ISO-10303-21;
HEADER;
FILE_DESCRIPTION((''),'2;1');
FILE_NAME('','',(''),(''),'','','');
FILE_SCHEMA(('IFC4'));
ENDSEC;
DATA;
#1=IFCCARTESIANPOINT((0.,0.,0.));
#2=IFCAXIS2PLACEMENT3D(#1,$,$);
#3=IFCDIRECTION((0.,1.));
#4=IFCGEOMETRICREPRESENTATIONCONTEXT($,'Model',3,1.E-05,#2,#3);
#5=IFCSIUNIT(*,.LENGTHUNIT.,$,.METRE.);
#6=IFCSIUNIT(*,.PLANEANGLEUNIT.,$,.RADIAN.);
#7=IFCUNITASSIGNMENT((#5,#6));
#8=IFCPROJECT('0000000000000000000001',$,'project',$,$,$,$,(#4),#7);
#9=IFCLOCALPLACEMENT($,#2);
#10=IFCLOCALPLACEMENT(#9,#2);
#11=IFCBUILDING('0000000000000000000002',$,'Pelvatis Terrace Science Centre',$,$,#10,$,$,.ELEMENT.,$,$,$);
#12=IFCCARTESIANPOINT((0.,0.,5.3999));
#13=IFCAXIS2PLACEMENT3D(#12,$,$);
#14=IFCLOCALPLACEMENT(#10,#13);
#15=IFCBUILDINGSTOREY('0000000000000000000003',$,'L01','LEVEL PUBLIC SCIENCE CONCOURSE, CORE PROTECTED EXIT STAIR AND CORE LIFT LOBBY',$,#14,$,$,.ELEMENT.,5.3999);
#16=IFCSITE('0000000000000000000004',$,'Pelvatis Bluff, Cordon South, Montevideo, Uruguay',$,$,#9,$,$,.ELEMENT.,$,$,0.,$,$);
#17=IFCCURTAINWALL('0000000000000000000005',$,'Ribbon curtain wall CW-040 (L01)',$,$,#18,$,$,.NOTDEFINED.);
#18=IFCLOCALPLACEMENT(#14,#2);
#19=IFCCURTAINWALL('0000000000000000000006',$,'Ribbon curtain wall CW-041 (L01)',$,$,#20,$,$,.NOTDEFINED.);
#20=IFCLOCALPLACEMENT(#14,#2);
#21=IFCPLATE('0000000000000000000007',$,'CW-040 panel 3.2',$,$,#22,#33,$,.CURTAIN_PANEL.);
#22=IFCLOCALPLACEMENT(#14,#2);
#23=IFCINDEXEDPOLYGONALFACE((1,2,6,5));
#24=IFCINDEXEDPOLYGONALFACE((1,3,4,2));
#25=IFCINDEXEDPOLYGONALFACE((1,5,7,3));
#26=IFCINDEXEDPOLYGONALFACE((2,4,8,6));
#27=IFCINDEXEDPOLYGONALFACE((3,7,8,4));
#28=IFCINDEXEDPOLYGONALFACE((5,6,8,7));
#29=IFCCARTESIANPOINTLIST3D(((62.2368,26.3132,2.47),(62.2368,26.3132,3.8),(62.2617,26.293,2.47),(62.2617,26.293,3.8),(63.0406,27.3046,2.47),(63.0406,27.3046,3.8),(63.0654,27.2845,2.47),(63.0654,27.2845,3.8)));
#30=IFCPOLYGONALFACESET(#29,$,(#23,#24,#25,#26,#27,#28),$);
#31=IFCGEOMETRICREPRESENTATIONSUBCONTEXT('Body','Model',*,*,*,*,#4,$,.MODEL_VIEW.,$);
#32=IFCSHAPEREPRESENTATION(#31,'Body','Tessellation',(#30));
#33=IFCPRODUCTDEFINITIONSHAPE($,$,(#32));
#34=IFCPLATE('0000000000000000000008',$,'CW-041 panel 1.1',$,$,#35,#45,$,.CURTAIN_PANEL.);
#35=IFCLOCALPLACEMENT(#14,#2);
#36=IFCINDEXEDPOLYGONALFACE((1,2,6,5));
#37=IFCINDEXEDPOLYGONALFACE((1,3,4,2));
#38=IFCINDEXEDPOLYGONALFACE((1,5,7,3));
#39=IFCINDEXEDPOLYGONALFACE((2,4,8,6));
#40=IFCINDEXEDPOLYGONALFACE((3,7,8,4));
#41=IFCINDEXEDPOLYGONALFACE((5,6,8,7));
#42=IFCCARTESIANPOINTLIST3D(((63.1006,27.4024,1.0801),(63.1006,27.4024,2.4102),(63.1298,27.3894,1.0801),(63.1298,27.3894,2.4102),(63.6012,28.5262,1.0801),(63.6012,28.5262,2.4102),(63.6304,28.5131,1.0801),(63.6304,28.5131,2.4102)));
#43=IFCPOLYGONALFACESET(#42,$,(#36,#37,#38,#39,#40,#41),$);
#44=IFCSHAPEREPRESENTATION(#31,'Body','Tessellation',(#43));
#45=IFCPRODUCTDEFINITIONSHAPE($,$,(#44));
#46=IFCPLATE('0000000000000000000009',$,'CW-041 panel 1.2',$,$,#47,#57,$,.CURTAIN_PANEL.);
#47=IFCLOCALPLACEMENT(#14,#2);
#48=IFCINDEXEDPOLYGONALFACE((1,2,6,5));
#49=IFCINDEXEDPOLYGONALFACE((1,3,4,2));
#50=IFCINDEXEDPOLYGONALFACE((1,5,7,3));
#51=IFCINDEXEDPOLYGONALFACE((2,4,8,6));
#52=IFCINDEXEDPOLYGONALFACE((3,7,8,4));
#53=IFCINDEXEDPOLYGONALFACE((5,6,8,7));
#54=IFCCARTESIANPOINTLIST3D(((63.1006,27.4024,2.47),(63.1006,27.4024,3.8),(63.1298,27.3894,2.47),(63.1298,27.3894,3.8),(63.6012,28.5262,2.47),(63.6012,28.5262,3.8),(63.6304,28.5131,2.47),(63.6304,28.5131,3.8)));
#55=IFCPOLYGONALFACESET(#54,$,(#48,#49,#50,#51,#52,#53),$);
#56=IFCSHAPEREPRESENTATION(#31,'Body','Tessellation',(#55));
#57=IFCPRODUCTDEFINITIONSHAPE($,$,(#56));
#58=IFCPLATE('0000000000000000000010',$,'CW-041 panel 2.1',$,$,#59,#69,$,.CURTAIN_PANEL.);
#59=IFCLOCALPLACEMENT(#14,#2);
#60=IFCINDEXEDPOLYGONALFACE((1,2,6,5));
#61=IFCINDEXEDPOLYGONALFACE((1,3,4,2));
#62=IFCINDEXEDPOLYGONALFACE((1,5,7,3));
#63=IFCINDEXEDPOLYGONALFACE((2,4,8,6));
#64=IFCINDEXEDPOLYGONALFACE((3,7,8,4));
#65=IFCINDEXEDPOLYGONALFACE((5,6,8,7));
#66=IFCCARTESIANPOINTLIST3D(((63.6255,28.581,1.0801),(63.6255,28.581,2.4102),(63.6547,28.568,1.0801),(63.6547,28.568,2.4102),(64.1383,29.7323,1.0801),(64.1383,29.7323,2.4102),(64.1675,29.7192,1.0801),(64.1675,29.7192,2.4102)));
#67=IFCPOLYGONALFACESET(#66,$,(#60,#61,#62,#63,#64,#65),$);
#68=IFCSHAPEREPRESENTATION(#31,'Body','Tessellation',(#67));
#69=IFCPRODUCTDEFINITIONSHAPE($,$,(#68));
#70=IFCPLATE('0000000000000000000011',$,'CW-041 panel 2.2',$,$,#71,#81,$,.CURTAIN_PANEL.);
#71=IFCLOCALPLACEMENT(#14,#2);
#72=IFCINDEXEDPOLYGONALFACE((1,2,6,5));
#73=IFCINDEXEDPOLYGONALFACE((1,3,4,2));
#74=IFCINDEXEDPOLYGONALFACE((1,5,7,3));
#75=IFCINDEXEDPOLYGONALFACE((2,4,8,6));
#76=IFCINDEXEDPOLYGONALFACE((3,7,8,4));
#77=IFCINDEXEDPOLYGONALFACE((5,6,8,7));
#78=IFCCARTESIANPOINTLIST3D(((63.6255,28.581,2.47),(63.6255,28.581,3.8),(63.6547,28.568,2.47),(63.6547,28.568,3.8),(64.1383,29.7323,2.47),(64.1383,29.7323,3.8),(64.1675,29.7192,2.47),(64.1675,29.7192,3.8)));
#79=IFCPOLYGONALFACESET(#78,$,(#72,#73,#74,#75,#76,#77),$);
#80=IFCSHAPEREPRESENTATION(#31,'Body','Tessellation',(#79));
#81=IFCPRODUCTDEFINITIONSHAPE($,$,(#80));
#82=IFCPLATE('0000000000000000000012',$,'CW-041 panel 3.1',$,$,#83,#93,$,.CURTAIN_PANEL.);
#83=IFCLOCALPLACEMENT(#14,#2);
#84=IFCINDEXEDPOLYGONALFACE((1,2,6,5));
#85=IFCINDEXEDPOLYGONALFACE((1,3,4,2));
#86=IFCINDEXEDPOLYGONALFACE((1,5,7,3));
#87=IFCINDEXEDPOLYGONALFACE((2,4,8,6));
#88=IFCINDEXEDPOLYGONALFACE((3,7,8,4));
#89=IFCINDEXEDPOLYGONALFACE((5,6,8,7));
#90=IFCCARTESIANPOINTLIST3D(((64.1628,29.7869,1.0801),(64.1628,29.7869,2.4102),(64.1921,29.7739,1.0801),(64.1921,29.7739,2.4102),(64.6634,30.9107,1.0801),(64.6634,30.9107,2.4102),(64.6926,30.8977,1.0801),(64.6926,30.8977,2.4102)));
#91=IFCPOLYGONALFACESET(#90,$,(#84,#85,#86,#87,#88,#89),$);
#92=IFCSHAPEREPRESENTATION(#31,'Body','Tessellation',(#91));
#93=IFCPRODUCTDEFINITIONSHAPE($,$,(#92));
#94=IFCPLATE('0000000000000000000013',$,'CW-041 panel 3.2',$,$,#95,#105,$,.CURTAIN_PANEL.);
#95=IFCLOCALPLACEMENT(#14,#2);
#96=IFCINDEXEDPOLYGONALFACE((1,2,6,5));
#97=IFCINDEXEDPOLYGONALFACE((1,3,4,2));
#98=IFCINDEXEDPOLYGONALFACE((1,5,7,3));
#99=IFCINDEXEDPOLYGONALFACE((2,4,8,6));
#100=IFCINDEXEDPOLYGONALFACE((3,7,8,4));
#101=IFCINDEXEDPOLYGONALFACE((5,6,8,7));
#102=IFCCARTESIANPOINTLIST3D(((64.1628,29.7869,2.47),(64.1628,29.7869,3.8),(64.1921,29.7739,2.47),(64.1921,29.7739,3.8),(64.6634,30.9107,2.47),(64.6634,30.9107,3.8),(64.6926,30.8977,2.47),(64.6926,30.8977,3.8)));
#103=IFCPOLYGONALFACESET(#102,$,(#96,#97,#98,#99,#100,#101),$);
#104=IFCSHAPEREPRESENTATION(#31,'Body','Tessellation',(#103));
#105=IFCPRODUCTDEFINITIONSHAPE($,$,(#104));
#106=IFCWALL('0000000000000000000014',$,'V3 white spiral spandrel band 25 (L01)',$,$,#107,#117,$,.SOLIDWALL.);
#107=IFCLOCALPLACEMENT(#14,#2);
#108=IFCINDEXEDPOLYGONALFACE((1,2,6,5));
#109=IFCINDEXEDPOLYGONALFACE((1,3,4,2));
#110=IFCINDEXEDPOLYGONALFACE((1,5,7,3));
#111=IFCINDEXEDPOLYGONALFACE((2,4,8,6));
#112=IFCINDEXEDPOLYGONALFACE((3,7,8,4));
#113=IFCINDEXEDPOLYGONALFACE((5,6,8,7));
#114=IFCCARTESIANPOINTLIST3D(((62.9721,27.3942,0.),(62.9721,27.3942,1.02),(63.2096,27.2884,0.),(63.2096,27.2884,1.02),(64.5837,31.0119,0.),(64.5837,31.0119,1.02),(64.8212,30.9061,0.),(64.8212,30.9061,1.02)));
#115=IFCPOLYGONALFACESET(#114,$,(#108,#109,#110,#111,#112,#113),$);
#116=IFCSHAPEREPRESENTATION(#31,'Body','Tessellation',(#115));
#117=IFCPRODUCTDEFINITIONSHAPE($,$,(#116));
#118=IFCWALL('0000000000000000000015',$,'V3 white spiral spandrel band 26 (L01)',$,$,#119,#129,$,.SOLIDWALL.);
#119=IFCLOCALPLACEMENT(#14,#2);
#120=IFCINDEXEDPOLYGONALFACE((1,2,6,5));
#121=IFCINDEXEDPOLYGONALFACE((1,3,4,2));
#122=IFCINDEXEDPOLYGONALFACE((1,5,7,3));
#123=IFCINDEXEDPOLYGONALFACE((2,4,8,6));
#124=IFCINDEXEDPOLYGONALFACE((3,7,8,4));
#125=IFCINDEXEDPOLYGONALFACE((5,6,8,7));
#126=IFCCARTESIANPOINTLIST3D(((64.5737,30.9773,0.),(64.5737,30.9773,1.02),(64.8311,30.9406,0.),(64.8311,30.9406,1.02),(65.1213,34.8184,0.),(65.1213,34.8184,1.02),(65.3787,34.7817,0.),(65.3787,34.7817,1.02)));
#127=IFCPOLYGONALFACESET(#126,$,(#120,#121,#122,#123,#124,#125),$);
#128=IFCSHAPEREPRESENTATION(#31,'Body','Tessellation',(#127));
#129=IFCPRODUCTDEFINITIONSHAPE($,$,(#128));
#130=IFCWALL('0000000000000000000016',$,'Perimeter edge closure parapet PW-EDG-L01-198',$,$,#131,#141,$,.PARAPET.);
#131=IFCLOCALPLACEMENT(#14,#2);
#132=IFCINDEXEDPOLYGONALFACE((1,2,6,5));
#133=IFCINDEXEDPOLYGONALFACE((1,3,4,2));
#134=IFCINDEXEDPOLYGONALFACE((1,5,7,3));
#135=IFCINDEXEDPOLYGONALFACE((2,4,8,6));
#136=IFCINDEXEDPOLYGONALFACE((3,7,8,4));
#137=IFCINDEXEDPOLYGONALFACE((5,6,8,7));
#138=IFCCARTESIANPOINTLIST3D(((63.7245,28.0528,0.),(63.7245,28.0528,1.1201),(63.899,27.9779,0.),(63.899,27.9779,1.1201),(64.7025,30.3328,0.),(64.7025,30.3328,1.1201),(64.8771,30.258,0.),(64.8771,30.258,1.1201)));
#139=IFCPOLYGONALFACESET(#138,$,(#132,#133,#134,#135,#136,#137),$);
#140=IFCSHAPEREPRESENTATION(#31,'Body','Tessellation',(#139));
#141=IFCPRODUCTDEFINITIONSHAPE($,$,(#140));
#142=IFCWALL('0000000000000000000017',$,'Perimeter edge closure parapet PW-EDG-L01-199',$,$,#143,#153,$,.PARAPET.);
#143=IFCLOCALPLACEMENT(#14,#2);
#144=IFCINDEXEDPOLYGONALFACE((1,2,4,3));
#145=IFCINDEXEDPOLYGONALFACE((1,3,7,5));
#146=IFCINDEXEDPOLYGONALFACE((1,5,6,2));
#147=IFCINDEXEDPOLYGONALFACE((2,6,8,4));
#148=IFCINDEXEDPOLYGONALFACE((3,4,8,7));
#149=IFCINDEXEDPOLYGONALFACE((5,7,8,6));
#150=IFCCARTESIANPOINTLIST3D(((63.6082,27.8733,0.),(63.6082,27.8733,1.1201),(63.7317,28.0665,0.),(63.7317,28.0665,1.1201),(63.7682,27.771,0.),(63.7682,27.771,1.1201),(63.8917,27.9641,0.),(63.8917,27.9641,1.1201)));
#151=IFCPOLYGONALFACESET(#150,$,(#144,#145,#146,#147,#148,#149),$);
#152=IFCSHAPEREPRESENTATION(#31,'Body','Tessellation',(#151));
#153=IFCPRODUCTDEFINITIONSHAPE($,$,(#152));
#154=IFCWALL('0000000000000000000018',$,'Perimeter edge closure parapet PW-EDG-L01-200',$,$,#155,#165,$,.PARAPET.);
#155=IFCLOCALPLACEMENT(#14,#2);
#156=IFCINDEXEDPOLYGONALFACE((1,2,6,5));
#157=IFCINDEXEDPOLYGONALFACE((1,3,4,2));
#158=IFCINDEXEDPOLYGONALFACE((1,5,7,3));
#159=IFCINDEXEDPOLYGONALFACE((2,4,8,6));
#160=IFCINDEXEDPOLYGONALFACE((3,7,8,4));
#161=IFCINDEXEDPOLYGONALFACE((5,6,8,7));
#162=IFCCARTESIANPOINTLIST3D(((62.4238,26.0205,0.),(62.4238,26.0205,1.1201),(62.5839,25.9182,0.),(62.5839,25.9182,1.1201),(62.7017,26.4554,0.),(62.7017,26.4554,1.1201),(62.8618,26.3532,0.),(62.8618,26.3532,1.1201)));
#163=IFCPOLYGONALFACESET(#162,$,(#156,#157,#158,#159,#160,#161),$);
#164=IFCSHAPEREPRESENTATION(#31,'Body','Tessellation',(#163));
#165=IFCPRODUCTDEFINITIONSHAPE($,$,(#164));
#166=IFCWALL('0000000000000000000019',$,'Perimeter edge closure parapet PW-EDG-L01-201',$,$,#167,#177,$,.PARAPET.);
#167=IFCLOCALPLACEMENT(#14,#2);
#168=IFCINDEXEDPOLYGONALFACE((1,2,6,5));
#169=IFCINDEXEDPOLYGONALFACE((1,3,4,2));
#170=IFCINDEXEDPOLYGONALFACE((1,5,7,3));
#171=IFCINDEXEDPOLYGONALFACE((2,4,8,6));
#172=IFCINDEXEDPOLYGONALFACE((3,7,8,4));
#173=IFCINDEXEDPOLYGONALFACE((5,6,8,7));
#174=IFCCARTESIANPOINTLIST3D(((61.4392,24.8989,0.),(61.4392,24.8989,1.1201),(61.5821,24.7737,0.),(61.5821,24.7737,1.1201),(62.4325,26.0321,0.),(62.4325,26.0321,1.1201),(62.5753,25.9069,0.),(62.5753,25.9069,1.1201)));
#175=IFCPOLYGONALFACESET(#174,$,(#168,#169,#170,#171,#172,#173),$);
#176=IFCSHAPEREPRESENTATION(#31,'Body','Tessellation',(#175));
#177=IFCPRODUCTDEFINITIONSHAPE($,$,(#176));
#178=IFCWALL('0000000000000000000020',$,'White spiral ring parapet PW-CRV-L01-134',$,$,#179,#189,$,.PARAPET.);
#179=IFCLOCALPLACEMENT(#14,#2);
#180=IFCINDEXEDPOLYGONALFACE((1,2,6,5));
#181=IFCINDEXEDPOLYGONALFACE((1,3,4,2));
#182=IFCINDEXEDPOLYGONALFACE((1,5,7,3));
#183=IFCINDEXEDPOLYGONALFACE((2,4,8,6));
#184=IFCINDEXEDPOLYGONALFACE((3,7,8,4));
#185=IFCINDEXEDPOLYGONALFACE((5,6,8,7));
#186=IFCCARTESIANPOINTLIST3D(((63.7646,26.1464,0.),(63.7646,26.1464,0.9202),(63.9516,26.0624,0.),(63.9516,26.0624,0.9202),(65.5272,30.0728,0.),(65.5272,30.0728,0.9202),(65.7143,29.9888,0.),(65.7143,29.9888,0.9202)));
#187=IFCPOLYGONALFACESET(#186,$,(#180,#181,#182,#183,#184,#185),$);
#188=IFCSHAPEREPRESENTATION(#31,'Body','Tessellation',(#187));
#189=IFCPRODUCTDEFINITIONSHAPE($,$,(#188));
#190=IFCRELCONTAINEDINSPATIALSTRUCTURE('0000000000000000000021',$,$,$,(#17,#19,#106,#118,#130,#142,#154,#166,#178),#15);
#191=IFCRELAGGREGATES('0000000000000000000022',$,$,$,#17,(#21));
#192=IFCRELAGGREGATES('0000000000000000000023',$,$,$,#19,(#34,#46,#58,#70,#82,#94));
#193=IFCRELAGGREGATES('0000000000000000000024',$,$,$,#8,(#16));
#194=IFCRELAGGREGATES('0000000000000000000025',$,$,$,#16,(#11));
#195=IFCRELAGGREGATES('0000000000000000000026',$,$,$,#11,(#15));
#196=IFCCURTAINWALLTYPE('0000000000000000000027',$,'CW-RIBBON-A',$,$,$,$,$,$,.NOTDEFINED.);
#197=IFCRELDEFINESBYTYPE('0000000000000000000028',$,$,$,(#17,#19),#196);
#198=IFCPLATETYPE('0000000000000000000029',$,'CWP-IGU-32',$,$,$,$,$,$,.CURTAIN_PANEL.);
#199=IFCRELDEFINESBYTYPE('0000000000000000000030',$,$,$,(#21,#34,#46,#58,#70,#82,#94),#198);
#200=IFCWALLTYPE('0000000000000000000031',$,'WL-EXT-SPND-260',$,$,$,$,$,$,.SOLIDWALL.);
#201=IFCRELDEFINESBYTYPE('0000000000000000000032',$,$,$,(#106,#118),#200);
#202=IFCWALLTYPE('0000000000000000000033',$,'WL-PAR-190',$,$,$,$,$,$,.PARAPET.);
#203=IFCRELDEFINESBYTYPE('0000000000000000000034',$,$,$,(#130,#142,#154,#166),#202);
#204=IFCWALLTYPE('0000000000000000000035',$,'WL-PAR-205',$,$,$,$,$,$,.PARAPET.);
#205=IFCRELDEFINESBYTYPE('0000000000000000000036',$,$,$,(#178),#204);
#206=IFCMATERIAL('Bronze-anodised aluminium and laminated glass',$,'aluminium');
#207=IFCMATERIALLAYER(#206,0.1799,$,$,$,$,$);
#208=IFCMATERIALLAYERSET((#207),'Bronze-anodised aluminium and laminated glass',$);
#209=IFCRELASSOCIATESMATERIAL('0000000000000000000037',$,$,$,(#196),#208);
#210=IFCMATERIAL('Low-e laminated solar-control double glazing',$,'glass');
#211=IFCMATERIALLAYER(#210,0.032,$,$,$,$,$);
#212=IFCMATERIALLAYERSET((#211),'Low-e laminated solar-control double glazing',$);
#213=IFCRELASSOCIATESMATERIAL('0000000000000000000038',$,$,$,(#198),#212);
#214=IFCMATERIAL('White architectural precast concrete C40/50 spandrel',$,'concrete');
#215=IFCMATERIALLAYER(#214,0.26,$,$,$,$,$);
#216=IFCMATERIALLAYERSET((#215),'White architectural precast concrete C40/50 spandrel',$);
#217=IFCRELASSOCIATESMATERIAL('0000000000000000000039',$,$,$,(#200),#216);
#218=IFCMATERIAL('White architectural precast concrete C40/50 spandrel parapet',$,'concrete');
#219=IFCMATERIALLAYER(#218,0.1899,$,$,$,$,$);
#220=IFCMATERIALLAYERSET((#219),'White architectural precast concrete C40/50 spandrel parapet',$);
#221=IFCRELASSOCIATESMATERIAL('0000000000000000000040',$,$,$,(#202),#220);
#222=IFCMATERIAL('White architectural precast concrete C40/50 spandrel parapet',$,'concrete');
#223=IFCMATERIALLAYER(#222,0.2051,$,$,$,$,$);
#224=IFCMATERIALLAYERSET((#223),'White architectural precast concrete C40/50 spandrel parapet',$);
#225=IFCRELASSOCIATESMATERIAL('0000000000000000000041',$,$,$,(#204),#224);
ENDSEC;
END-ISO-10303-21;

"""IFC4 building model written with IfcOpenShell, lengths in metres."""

from ifc_helpers import new_model, si_unit, direction, frame, frame_2d, origin, origin_2d, place, context, subcontext, project, spatial, rectangle, extrude, material, layer, layer_set, type_object, element, aggregate, save


model = new_model("IFC4")

# Units and contexts
model_context = context("Model", 3, precision=1e-05, world=origin(), true_north=direction((0.0, 1.0)))
body_context = subcontext(model_context, "Body", "Model", "MODEL_VIEW")
ifc_project = project(units=[si_unit("LENGTHUNIT", "METRE"), si_unit("PLANEANGLEUNIT", "RADIAN")], contexts=[model_context])

# Site, building, storey
site_placement = place(None, origin())
site = spatial("IfcSite", under=ifc_project, at=site_placement, Name="Pelvatis Bluff, Cordon South, Montevideo, Uruguay", CompositionType="ELEMENT", RefElevation=0.0)
building_placement = place(site_placement, origin())
building = spatial("IfcBuilding", under=site, at=building_placement, Name="Pelvatis Terrace Science Centre", CompositionType="ELEMENT")
storey_placement = place(building_placement, frame((0.0, 0.0, 5.3999)))
storey = spatial("IfcBuildingStorey", under=building, at=storey_placement, Name="L01", Description="LEVEL PUBLIC SCIENCE CONCOURSE, CORE PROTECTED EXIT STAIR AND CORE LIFT LOBBY", CompositionType="ELEMENT", Elevation=5.3999)

# Curtain wall
ifc_material_1 = material(Name="Bronze-anodised aluminium and laminated glass", Category="aluminium")
ifc_layer_1 = layer(ifc_material_1, 0.1799)
ifc_layer_set_1 = layer_set([ifc_layer_1], Name="Bronze-anodised aluminium and laminated glass")
curtain_wall_type = type_object("IfcCurtainWallType", Name="CW-RIBBON-A", PredefinedType="NOTDEFINED", material=ifc_layer_set_1)
curtain_wall_1_placement = place(storey_placement, origin())
curtain_wall_1 = element("IfcCurtainWall", 1, at=curtain_wall_1_placement, inside=storey, type_object=curtain_wall_type, Name="Ribbon curtain wall CW-040 (L01)", PredefinedType="NOTDEFINED")

# Curtain wall
curtain_wall_2_placement = place(storey_placement, origin())
curtain_wall_2 = element("IfcCurtainWall", 2, at=curtain_wall_2_placement, inside=storey, type_object=curtain_wall_type, Name="Ribbon curtain wall CW-041 (L01)", PredefinedType="NOTDEFINED")

# Plates
ifc_material_2 = material(Name="Low-e laminated solar-control double glazing", Category="glass")
ifc_layer_2 = layer(ifc_material_2, 0.032)
ifc_layer_set_2 = layer_set([ifc_layer_2], Name="Low-e laminated solar-control double glazing")
plate_type = type_object("IfcPlateType", Name="CWP-IGU-32", PredefinedType="CURTAIN_PANEL", material=ifc_layer_set_2)
plate_1_placement = place(storey_placement, frame((62.6511, 26.7988, 2.47), z_axis=(0.0, 0.0, 1.0), x_axis=(0.629734, 0.776811, 0.0)))
plate_1 = element("IfcPlate", 3, at=plate_1_placement, type_object=plate_type, Name="CW-040 panel 3.2", PredefinedType="CURTAIN_PANEL", context=body_context, shape_type="SweptSolid", body=[
    extrude(rectangle(XDim=1.2764, YDim=0.032, at=origin_2d()), origin(), (0.0, 0.0, 1.0), 1.3301),
])
aggregate(curtain_wall_1, [plate_1])
plate_2_placement = place(storey_placement, frame((63.3655, 27.9578, 1.0801), z_axis=(0.0, 0.0, 1.0), x_axis=(0.406895, 0.913475, 0.0)))
plate_2 = element("IfcPlate", 4, at=plate_2_placement, type_object=plate_type, Name="CW-041 panel 1.1", PredefinedType="CURTAIN_PANEL", context=body_context, shape_type="SweptSolid", body=[
    extrude(rectangle(XDim=1.2302, YDim=0.032, at=origin_2d()), origin(), (0.0, 0.0, 1.0), 1.3301),
])
plate_3_placement = place(storey_placement, frame((63.3655, 27.9578, 2.47), z_axis=(0.0, 0.0, 1.0), x_axis=(0.406895, 0.913475, 0.0)))
plate_3 = element("IfcPlate", 5, at=plate_3_placement, type_object=plate_type, Name="CW-041 panel 1.2", PredefinedType="CURTAIN_PANEL", context=body_context, shape_type="SweptSolid", body=[
    extrude(rectangle(XDim=1.2302, YDim=0.032, at=origin_2d()), origin(), (0.0, 0.0, 1.0), 1.3301),
])
plate_4_placement = place(storey_placement, frame((63.8965, 29.1501, 1.0801), z_axis=(0.0, 0.0, 1.0), x_axis=(0.406895, 0.913475, 0.0)))
plate_4 = element("IfcPlate", 6, at=plate_4_placement, type_object=plate_type, Name="CW-041 panel 2.1", PredefinedType="CURTAIN_PANEL", context=body_context, shape_type="SweptSolid", body=[
    extrude(rectangle(XDim=1.2603, YDim=0.032, at=origin_2d()), origin(), (0.0, 0.0, 1.0), 1.3301),
])
plate_5_placement = place(storey_placement, frame((63.8965, 29.1501, 2.47), z_axis=(0.0, 0.0, 1.0), x_axis=(0.406895, 0.913475, 0.0)))
plate_5 = element("IfcPlate", 7, at=plate_5_placement, type_object=plate_type, Name="CW-041 panel 2.2", PredefinedType="CURTAIN_PANEL", context=body_context, shape_type="SweptSolid", body=[
    extrude(rectangle(XDim=1.2603, YDim=0.032, at=origin_2d()), origin(), (0.0, 0.0, 1.0), 1.3301),
])
plate_6_placement = place(storey_placement, frame((64.4277, 30.3423, 1.0801), z_axis=(0.0, 0.0, 1.0), x_axis=(0.406895, 0.913475, 0.0)))
plate_6 = element("IfcPlate", 8, at=plate_6_placement, type_object=plate_type, Name="CW-041 panel 3.1", PredefinedType="CURTAIN_PANEL", context=body_context, shape_type="SweptSolid", body=[
    extrude(rectangle(XDim=1.2302, YDim=0.032, at=origin_2d()), origin(), (0.0, 0.0, 1.0), 1.3301),
])
plate_7_placement = place(storey_placement, frame((64.4277, 30.3423, 2.47), z_axis=(0.0, 0.0, 1.0), x_axis=(0.406895, 0.913475, 0.0)))
plate_7 = element("IfcPlate", 9, at=plate_7_placement, type_object=plate_type, Name="CW-041 panel 3.2", PredefinedType="CURTAIN_PANEL", context=body_context, shape_type="SweptSolid", body=[
    extrude(rectangle(XDim=1.2302, YDim=0.032, at=origin_2d()), origin(), (0.0, 0.0, 1.0), 1.3301),
])
aggregate(curtain_wall_2, [plate_2, plate_3, plate_4, plate_5, plate_6, plate_7])

# Walls
ifc_material_3 = material(Name="White architectural precast concrete C40/50 spandrel", Category="concrete")
ifc_layer_3 = layer(ifc_material_3, 0.26)
ifc_layer_set_3 = layer_set([ifc_layer_3], Name="White architectural precast concrete C40/50 spandrel")
wall_type_1 = type_object("IfcWallType", Name="WL-EXT-SPND-260", PredefinedType="SOLIDWALL", material=ifc_layer_set_3)
wall_1_placement = place(storey_placement, frame((63.0908, 27.3413, 0.0), z_axis=(0.0, 0.0, 1.0), x_axis=(0.406922, 0.913463, 0.0)))
element("IfcWall", 10, at=wall_1_placement, inside=storey, type_object=wall_type_1, Name="V3 white spiral spandrel band 25 (L01)", PredefinedType="SOLIDWALL", context=body_context, shape_type="SweptSolid", body=[
    extrude(rectangle(XDim=3.9604, YDim=0.26, at=frame_2d((1.9802, 0.0))), origin(), (0.0, 0.0, 1.0), 1.02),
])
wall_2_placement = place(storey_placement, frame((64.7024, 30.959, 0.0), z_axis=(0.0, 0.0, 1.0), x_axis=(0.141139, 0.98999, 0.0)))
element("IfcWall", 11, at=wall_2_placement, inside=storey, type_object=wall_type_1, Name="V3 white spiral spandrel band 26 (L01)", PredefinedType="SOLIDWALL", context=body_context, shape_type="SweptSolid", body=[
    extrude(rectangle(XDim=3.8799, YDim=0.26, at=frame_2d((1.9399, 0.0))), origin(), (0.0, 0.0, 1.0), 1.02),
])
ifc_material_4 = material(Name="White architectural precast concrete C40/50 spandrel parapet", Category="concrete")
ifc_layer_4 = layer(ifc_material_4, 0.1899)
ifc_layer_set_4 = layer_set([ifc_layer_4], Name="White architectural precast concrete C40/50 spandrel parapet")
wall_type_2 = type_object("IfcWallType", Name="WL-PAR-190", PredefinedType="PARAPET", material=ifc_layer_set_4)
wall_3_placement = place(storey_placement, frame((64.7898, 30.2954, 0.0), z_axis=(0.0, 0.0, 1.0), x_axis=(-0.394216, -0.919018, 0.0)))
element("IfcWall", 12, at=wall_3_placement, inside=storey, type_object=wall_type_2, Name="Perimeter edge closure parapet PW-EDG-L01-198", PredefinedType="PARAPET", context=body_context, shape_type="SweptSolid", body=[
    extrude(rectangle(XDim=2.481, YDim=0.1899, at=frame_2d((1.2405, 0.0))), origin(), (0.0, 0.0, 1.0), 1.1201),
])
wall_4_placement = place(storey_placement, frame((63.8118, 28.0154, 0.0), z_axis=(0.0, 0.0, 1.0), x_axis=(-0.538872, -0.842387, 0.0)))
element("IfcWall", 13, at=wall_4_placement, inside=storey, type_object=wall_type_2, Name="Perimeter edge closure parapet PW-EDG-L01-199", PredefinedType="PARAPET", context=body_context, shape_type="SweptSolid", body=[
    extrude(rectangle(XDim=0.2292, YDim=0.1899, at=frame_2d((0.1147, 0.0))), origin(), (0.0, 0.0, 1.0), 1.1201),
])
wall_5_placement = place(storey_placement, frame((62.7817, 26.4043, 0.0), z_axis=(0.0, 0.0, 1.0), x_axis=(-0.538436, -0.842666, 0.0)))
element("IfcWall", 14, at=wall_5_placement, inside=storey, type_object=wall_type_2, Name="Perimeter edge closure parapet PW-EDG-L01-200", PredefinedType="PARAPET", context=body_context, shape_type="SweptSolid", body=[
    extrude(rectangle(XDim=0.5161, YDim=0.1899, at=frame_2d((0.2581, 0.0))), origin(), (0.0, 0.0, 1.0), 1.1201),
])
wall_6_placement = place(storey_placement, frame((62.5039, 25.9695, 0.0), z_axis=(0.0, 0.0, 1.0), x_axis=(-0.659158, -0.752004, 0.0)))
element("IfcWall", 15, at=wall_6_placement, inside=storey, type_object=wall_type_2, Name="Perimeter edge closure parapet PW-EDG-L01-201", PredefinedType="PARAPET", context=body_context, shape_type="SweptSolid", body=[
    extrude(rectangle(XDim=1.5068, YDim=0.1899, at=frame_2d((0.7534, 0.0))), origin(), (0.0, 0.0, 1.0), 1.1201),
])
ifc_material_5 = material(Name="White architectural precast concrete C40/50 spandrel parapet", Category="concrete")
ifc_layer_5 = layer(ifc_material_5, 0.2051)
ifc_layer_set_5 = layer_set([ifc_layer_5], Name="White architectural precast concrete C40/50 spandrel parapet")
wall_type_3 = type_object("IfcWallType", Name="WL-PAR-205", PredefinedType="PARAPET", material=ifc_layer_set_5)
wall_7_placement = place(storey_placement, frame((63.8582, 26.1045, 0.0), z_axis=(0.0, 0.0, 1.0), x_axis=(0.409546, 0.912289, 0.0)))
element("IfcWall", 16, at=wall_7_placement, inside=storey, type_object=wall_type_3, Name="White spiral ring parapet PW-CRV-L01-134", PredefinedType="PARAPET", context=body_context, shape_type="SweptSolid", body=[
    extrude(rectangle(XDim=4.304, YDim=0.2051, at=frame_2d((2.1519, 0.0))), origin(), (0.0, 0.0, 1.0), 0.9202),
])

save(model, "model.ifc")
